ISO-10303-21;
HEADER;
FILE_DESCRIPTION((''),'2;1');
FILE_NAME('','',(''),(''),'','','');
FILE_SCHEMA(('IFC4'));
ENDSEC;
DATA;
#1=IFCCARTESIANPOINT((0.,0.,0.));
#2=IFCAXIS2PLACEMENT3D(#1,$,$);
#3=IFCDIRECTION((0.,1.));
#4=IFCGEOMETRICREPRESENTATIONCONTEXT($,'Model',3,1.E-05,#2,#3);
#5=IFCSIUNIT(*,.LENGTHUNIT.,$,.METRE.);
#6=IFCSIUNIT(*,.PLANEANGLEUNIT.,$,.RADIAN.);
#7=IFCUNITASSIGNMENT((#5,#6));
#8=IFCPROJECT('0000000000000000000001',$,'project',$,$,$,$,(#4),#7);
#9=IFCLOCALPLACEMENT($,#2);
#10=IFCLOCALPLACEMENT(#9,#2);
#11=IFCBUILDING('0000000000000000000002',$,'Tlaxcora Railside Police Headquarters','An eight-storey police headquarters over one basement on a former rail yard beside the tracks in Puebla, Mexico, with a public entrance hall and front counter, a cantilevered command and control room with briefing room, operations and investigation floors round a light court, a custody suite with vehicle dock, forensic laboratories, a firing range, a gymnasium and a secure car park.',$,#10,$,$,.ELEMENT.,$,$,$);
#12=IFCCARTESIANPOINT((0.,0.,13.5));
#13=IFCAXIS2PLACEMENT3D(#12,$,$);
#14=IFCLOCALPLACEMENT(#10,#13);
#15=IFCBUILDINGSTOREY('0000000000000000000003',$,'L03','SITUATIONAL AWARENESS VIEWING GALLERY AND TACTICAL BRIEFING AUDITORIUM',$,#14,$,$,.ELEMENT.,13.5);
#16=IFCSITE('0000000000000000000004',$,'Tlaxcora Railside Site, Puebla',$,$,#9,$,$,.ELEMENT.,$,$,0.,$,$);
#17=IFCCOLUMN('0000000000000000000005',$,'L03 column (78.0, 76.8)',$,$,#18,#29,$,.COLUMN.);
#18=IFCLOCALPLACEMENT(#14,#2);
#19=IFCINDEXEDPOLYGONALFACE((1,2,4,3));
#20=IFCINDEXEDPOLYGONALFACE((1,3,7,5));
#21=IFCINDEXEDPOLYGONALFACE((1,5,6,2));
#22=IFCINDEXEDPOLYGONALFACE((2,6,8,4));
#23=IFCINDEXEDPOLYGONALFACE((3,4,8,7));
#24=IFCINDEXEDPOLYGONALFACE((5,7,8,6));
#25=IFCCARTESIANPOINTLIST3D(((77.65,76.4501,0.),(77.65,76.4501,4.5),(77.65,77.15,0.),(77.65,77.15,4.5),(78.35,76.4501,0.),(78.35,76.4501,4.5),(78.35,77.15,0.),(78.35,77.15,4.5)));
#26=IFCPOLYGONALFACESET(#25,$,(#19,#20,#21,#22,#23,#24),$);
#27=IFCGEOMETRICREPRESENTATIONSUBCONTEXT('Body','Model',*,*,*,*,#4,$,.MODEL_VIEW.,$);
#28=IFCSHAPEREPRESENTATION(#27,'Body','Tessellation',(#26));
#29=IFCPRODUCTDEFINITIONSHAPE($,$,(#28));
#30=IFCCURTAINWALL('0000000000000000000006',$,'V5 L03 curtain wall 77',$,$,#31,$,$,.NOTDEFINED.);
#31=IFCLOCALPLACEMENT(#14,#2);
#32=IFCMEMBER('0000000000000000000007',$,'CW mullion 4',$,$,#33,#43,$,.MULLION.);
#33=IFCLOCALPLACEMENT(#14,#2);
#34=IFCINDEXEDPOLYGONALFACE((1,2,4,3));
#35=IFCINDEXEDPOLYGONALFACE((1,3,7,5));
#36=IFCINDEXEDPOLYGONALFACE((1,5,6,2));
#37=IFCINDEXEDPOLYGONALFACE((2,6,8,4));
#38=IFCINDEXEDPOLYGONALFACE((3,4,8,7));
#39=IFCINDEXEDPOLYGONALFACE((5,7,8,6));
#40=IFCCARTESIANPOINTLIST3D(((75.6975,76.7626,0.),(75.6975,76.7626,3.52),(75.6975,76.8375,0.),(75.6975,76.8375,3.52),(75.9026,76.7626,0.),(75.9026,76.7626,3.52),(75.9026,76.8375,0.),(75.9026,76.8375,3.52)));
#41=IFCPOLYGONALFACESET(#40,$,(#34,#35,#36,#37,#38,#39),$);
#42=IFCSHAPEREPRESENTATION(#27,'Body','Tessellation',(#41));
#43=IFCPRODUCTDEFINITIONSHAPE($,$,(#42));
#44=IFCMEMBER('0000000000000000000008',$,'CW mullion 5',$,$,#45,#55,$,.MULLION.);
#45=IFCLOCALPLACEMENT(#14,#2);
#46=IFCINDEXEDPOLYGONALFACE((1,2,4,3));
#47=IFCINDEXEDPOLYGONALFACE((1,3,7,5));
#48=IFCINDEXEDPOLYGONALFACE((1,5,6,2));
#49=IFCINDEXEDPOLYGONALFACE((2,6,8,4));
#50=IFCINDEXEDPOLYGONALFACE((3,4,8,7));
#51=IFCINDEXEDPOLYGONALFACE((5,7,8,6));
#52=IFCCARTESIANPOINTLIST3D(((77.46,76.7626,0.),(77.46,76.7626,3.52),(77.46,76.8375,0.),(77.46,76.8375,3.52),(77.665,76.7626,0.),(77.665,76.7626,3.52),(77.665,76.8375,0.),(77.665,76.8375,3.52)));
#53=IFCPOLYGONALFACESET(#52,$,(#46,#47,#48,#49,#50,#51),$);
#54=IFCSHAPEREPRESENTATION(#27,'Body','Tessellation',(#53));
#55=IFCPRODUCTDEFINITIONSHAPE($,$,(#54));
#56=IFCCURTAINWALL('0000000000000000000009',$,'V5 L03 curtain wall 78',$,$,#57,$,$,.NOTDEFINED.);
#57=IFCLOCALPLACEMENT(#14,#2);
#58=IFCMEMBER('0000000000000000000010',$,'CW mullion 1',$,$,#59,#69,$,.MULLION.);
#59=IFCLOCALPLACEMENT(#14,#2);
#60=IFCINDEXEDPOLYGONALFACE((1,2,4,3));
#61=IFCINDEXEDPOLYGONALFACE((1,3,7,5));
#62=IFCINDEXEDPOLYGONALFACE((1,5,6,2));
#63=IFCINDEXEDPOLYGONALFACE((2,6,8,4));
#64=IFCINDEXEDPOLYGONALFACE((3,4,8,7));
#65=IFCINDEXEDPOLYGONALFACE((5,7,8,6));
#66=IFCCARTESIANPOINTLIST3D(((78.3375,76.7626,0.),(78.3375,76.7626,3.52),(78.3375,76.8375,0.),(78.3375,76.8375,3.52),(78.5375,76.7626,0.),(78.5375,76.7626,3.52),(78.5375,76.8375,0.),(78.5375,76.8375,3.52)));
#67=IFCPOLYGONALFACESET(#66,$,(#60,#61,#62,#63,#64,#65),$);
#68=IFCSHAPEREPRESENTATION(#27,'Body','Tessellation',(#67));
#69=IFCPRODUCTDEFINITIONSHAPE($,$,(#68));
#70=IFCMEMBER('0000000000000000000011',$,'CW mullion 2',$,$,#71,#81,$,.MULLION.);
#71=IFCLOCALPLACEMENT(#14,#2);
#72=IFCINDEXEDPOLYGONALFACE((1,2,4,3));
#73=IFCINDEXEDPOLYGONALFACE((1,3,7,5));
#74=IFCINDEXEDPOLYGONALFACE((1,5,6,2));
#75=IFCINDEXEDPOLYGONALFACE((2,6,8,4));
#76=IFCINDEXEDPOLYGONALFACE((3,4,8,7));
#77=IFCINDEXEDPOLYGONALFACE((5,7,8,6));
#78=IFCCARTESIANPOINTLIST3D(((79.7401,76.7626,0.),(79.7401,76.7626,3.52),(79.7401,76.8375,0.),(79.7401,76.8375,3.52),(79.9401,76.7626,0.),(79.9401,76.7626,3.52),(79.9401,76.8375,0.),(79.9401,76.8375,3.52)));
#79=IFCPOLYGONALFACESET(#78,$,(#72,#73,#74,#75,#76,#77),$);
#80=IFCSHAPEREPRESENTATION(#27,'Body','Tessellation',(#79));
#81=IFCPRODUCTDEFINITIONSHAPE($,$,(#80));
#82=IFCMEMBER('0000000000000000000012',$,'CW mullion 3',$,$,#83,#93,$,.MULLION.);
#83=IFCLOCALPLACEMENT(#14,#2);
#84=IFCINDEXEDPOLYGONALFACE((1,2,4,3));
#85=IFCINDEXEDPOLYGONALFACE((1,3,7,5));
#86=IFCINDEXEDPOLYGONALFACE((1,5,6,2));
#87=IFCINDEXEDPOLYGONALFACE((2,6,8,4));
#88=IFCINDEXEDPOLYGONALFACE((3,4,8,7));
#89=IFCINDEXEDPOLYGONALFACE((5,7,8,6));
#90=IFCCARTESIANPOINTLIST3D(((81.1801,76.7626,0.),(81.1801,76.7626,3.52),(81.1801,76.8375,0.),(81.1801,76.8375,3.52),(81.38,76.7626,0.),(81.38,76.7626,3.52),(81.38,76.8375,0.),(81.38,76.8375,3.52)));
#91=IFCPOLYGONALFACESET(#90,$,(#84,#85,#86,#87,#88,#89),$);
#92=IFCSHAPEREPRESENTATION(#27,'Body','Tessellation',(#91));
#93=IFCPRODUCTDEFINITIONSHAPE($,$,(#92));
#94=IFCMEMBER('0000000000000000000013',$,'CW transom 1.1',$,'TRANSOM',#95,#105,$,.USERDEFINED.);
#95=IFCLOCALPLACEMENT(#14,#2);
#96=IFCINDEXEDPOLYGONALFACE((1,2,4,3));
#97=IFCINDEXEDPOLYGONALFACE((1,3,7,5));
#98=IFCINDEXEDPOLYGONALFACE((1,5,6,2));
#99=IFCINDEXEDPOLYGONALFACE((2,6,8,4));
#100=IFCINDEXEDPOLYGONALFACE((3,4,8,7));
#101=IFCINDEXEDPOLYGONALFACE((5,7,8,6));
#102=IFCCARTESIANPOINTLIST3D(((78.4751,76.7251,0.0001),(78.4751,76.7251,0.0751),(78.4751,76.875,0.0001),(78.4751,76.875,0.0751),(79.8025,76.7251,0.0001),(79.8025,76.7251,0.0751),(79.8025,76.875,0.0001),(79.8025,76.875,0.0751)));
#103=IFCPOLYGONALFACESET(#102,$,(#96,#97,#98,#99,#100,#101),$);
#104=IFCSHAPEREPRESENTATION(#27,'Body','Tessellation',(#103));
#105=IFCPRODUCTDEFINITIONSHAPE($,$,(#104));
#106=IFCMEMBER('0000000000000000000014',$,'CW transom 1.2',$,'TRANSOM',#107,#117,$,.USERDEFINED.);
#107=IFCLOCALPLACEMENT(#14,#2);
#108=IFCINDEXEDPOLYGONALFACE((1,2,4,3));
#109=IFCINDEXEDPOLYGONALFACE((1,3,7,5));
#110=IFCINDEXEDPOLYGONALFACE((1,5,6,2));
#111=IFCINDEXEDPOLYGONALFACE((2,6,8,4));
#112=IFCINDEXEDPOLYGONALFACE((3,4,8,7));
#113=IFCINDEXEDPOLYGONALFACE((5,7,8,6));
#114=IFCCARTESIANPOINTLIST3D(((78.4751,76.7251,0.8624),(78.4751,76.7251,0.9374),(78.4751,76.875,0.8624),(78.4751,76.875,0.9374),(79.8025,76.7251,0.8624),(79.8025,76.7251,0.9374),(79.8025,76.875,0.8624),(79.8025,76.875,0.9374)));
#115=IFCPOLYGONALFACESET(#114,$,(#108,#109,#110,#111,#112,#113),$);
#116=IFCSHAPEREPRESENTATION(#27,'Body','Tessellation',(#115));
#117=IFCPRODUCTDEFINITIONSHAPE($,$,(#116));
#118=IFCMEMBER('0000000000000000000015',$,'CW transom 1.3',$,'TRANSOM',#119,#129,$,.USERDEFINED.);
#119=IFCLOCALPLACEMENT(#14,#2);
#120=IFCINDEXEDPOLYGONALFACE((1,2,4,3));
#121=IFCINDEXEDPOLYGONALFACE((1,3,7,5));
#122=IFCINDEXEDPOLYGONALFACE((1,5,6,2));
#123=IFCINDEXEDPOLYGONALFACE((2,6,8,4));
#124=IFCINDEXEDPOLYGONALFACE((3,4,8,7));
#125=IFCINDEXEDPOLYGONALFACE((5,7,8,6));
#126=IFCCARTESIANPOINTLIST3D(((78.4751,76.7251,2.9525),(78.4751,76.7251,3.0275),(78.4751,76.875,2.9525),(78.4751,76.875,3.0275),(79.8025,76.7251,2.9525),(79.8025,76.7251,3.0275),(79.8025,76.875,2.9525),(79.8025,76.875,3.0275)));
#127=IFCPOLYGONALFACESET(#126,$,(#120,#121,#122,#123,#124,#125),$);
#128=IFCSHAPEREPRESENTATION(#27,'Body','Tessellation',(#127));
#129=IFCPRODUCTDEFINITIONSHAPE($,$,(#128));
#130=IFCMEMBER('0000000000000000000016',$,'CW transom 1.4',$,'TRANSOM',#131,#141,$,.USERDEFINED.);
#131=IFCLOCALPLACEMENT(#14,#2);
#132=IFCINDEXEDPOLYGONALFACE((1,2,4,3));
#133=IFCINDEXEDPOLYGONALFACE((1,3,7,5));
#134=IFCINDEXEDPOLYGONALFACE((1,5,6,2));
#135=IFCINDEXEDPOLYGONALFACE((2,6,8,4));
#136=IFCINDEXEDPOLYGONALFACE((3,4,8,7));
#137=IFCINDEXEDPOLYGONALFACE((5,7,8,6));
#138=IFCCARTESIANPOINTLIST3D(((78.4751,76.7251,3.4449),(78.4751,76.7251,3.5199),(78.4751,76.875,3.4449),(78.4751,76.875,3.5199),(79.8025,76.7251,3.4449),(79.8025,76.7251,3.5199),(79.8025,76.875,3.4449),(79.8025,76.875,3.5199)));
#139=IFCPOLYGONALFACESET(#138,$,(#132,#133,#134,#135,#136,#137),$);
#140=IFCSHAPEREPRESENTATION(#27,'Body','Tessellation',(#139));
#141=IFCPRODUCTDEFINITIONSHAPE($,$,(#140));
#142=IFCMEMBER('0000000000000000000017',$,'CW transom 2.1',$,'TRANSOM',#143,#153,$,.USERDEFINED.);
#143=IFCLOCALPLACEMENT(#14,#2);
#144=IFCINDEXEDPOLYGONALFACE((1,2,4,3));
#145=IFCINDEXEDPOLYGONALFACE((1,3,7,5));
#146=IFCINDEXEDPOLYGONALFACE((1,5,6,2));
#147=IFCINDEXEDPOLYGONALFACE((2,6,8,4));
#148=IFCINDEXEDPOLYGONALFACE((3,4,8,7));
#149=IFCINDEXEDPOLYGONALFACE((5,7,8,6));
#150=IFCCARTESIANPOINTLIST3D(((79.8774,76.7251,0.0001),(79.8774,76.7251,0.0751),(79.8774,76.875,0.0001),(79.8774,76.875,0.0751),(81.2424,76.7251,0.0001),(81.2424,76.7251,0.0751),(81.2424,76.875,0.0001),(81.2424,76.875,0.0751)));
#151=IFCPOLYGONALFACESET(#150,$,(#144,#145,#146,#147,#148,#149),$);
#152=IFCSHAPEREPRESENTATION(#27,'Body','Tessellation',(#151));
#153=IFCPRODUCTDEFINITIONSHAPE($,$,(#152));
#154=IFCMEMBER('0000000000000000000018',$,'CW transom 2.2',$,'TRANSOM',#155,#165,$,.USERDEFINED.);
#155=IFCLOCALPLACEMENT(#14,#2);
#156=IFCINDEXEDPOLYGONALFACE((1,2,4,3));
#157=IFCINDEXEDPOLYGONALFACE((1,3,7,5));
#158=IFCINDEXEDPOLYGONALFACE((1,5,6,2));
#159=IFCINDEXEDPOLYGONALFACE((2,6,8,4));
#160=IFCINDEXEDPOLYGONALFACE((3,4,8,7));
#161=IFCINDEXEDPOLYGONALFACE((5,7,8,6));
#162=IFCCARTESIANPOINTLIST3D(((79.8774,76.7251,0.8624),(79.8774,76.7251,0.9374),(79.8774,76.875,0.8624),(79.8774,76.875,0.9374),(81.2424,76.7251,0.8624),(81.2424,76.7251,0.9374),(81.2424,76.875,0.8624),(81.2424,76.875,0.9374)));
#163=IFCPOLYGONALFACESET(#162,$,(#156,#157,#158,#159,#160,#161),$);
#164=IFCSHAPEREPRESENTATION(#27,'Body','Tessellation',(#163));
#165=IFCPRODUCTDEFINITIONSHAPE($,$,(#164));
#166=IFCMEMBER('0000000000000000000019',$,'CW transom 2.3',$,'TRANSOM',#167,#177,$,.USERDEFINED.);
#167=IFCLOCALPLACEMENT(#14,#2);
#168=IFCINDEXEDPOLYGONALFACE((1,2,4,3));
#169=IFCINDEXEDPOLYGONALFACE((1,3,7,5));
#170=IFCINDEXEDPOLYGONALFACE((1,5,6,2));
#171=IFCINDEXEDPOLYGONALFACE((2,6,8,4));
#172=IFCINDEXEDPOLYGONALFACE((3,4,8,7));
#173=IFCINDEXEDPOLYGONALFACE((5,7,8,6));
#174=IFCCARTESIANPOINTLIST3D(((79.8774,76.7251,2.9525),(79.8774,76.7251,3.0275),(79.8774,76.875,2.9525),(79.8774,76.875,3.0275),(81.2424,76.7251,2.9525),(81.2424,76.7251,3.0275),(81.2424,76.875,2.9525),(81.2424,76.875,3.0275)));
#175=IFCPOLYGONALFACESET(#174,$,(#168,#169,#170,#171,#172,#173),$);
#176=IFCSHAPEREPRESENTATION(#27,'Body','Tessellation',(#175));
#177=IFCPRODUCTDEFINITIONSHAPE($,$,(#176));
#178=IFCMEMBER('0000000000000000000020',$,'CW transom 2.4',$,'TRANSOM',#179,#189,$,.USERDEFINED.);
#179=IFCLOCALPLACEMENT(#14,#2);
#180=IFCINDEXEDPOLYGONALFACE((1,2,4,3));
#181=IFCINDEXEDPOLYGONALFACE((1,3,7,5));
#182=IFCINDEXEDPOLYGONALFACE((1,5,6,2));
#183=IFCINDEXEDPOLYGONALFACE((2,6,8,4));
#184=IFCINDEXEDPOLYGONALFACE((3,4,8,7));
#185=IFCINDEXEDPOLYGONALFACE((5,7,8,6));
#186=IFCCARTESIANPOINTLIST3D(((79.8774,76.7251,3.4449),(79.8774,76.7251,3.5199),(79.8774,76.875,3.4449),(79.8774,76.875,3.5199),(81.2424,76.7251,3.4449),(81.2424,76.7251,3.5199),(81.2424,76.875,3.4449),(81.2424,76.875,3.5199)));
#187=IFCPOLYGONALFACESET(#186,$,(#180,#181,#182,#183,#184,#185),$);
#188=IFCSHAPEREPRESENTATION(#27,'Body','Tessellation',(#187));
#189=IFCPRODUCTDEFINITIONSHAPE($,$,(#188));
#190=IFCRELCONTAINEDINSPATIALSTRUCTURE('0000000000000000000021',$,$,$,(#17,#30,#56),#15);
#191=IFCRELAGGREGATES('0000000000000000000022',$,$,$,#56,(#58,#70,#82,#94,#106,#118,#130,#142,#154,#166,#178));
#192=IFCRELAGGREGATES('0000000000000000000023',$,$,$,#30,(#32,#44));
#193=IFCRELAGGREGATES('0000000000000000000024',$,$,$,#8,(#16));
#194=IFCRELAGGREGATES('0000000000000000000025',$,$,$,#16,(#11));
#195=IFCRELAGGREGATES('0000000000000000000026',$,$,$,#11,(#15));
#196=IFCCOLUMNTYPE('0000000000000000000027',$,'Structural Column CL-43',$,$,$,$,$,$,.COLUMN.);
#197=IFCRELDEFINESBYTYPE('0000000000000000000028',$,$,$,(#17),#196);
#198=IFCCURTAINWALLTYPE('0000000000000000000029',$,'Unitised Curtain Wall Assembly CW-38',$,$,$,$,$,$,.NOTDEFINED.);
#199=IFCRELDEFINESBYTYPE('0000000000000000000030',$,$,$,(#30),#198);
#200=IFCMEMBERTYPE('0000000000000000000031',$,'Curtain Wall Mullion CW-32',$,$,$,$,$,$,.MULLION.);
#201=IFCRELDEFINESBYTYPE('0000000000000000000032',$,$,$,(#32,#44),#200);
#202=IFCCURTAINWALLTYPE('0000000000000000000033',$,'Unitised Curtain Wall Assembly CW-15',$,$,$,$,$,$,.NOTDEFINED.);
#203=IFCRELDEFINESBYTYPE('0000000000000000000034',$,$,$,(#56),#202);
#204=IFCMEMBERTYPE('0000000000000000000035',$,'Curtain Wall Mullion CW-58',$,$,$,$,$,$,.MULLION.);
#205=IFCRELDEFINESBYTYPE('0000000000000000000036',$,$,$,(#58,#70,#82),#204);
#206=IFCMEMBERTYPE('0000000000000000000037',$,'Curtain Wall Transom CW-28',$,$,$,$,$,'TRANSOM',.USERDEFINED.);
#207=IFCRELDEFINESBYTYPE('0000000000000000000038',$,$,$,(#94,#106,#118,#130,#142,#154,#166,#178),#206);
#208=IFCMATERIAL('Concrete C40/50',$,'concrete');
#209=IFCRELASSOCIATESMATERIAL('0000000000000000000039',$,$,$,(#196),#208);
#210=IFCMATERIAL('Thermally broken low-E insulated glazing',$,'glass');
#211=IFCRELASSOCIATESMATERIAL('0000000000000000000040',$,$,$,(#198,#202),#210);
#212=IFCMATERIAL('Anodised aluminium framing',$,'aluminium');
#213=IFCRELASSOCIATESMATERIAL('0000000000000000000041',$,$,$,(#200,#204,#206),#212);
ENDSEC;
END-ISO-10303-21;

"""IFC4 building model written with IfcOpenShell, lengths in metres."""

from ifc_helpers import new_model, si_unit, direction, frame, origin, origin_2d, place, context, subcontext, project, spatial, rectangle, extrude, material, material_profile, profile_set, type_object, element, aggregate, save


model = new_model("IFC4")

# Units and contexts
model_context = context("Model", 3, precision=1e-05, world=origin(), true_north=direction((0.0, 1.0)))
body_context = subcontext(model_context, "Body", "Model", "MODEL_VIEW")
ifc_project = project(units=[si_unit("LENGTHUNIT", "METRE"), si_unit("PLANEANGLEUNIT", "RADIAN")], contexts=[model_context])

# Site, building, storey
site_placement = place(None, origin())
site = spatial("IfcSite", under=ifc_project, at=site_placement, Name="Tlaxcora Railside Site, Puebla", CompositionType="ELEMENT", RefElevation=0.0)
building_placement = place(site_placement, origin())
building = spatial("IfcBuilding", under=site, at=building_placement, Name="Tlaxcora Railside Police Headquarters", Description="An eight-storey police headquarters over one basement on a former rail yard beside the tracks in Puebla, Mexico, with a public entrance hall and front counter, a cantilevered command and control room with briefing room, operations and investigation floors round a light court, a custody suite with vehicle dock, forensic laboratories, a firing range, a gymnasium and a secure car park.", CompositionType="ELEMENT")
storey_placement = place(building_placement, frame((0.0, 0.0, 13.5)))
storey = spatial("IfcBuildingStorey", under=building, at=storey_placement, Name="L03", Description="SITUATIONAL AWARENESS VIEWING GALLERY AND TACTICAL BRIEFING AUDITORIUM", CompositionType="ELEMENT", Elevation=13.5)

# Column
ifc_material_1 = material(Name="Concrete C40/50", Category="concrete")
ifc_material_profile_1 = material_profile(ifc_material_1, rectangle(XDim=0.7, YDim=0.7, at=origin_2d()), Name="RC700X700")
ifc_profile_set_1 = profile_set([ifc_material_profile_1], Name="Concrete C40/50")
column_type = type_object("IfcColumnType", Name="Structural Column CL-43", PredefinedType="COLUMN", material=ifc_profile_set_1)
column_placement = place(storey_placement, frame((78.0, 76.8, 0.0), z_axis=(0.0, 0.0, 1.0), x_axis=(1.0, 0.0, 0.0)))
element("IfcColumn", 1, at=column_placement, inside=storey, type_object=column_type, Name="L03 column (78.0, 76.8)", PredefinedType="COLUMN", context=body_context, shape_type="SweptSolid", body=[
    extrude(rectangle(XDim=0.7, YDim=0.7, at=origin_2d()), origin(), (0.0, 0.0, 1.0), 4.5),
])

# Curtain walls, members
ifc_material_2 = material(Name="Thermally broken low-E insulated glazing", Category="glass")
curtain_wall_type_1 = type_object("IfcCurtainWallType", Name="Unitised Curtain Wall Assembly CW-38", PredefinedType="NOTDEFINED", material=ifc_material_2)
curtain_wall_1_placement = place(storey_placement, origin())
curtain_wall_1 = element("IfcCurtainWall", 2, at=curtain_wall_1_placement, inside=storey, type_object=curtain_wall_type_1, Name="V5 L03 curtain wall 77", PredefinedType="NOTDEFINED")
ifc_material_3 = material(Name="Anodised aluminium framing", Category="aluminium")
ifc_material_profile_2 = material_profile(ifc_material_3, rectangle(XDim=0.075, YDim=0.2051, at=origin_2d()), Name="AL75X205")
ifc_profile_set_2 = profile_set([ifc_material_profile_2], Name="Anodised aluminium framing")
member_type_1 = type_object("IfcMemberType", Name="Curtain Wall Mullion CW-32", PredefinedType="MULLION", material=ifc_profile_set_2)
member_1_placement = place(storey_placement, frame((75.8, 76.8, 0.0), z_axis=(0.0, 0.0, 1.0), x_axis=(0.0, 1.0, 0.0)))
member_1 = element("IfcMember", 3, at=member_1_placement, type_object=member_type_1, Name="CW mullion 4", PredefinedType="MULLION", context=body_context, shape_type="SweptSolid", body=[
    extrude(rectangle(XDim=0.075, YDim=0.2051, at=origin_2d()), origin(), (0.0, 0.0, 1.0), 3.52),
])
member_2_placement = place(storey_placement, frame((77.5625, 76.8, 0.0), z_axis=(0.0, 0.0, 1.0), x_axis=(0.0, 1.0, 0.0)))
member_2 = element("IfcMember", 4, at=member_2_placement, type_object=member_type_1, Name="CW mullion 5", PredefinedType="MULLION", context=body_context, shape_type="SweptSolid", body=[
    extrude(rectangle(XDim=0.075, YDim=0.2051, at=origin_2d()), origin(), (0.0, 0.0, 1.0), 3.52),
])
curtain_wall_type_2 = type_object("IfcCurtainWallType", Name="Unitised Curtain Wall Assembly CW-15", PredefinedType="NOTDEFINED", material=ifc_material_2)
curtain_wall_2_placement = place(storey_placement, origin())
curtain_wall_2 = element("IfcCurtainWall", 5, at=curtain_wall_2_placement, inside=storey, type_object=curtain_wall_type_2, Name="V5 L03 curtain wall 78", PredefinedType="NOTDEFINED")
ifc_material_profile_3 = material_profile(ifc_material_3, rectangle(XDim=0.075, YDim=0.2, at=origin_2d()), Name="AL75X200")
ifc_profile_set_3 = profile_set([ifc_material_profile_3], Name="Anodised aluminium framing")
member_type_2 = type_object("IfcMemberType", Name="Curtain Wall Mullion CW-58", PredefinedType="MULLION", material=ifc_profile_set_3)
member_3_placement = place(storey_placement, frame((78.4375, 76.8, 0.0), z_axis=(0.0, 0.0, 1.0), x_axis=(0.0, 1.0, 0.0)))
member_3 = element("IfcMember", 6, at=member_3_placement, type_object=member_type_2, Name="CW mullion 1", PredefinedType="MULLION", context=body_context, shape_type="SweptSolid", body=[
    extrude(rectangle(XDim=0.075, YDim=0.2, at=origin_2d()), origin(), (0.0, 0.0, 1.0), 3.52),
])
member_4_placement = place(storey_placement, frame((79.8401, 76.8, 0.0), z_axis=(0.0, 0.0, 1.0), x_axis=(0.0, 1.0, 0.0)))
member_4 = element("IfcMember", 7, at=member_4_placement, type_object=member_type_2, Name="CW mullion 2", PredefinedType="MULLION", context=body_context, shape_type="SweptSolid", body=[
    extrude(rectangle(XDim=0.075, YDim=0.2, at=origin_2d()), origin(), (0.0, 0.0, 1.0), 3.52),
])
member_5_placement = place(storey_placement, frame((81.28, 76.8, 0.0), z_axis=(0.0, 0.0, 1.0), x_axis=(0.0, 1.0, 0.0)))
member_5 = element("IfcMember", 8, at=member_5_placement, type_object=member_type_2, Name="CW mullion 3", PredefinedType="MULLION", context=body_context, shape_type="SweptSolid", body=[
    extrude(rectangle(XDim=0.075, YDim=0.2, at=origin_2d()), origin(), (0.0, 0.0, 1.0), 3.52),
])
ifc_material_profile_4 = material_profile(ifc_material_3, rectangle(XDim=0.1499, YDim=0.075, at=origin_2d()), Name="AL75X150")
ifc_profile_set_4 = profile_set([ifc_material_profile_4], Name="Anodised aluminium framing")
member_type_3 = type_object("IfcMemberType", Name="Curtain Wall Transom CW-28", ElementType="TRANSOM", PredefinedType="USERDEFINED", material=ifc_profile_set_4)
member_6_placement = place(storey_placement, frame((78.4751, 76.8, 0.0376), z_axis=(1.0, 0.0, 0.0), x_axis=(0.0, 1.0, 0.0)))
member_6 = element("IfcMember", 9, at=member_6_placement, type_object=member_type_3, Name="CW transom 1.1", ObjectType="TRANSOM", PredefinedType="USERDEFINED", context=body_context, shape_type="SweptSolid", body=[
    extrude(rectangle(XDim=0.1499, YDim=0.075, at=origin_2d()), origin(), (0.0, 0.0, 1.0), 1.3274),
])
member_7_placement = place(storey_placement, frame((78.4751, 76.8, 0.8999), z_axis=(1.0, 0.0, 0.0), x_axis=(0.0, 1.0, 0.0)))
member_7 = element("IfcMember", 10, at=member_7_placement, type_object=member_type_3, Name="CW transom 1.2", ObjectType="TRANSOM", PredefinedType="USERDEFINED", context=body_context, shape_type="SweptSolid", body=[
    extrude(rectangle(XDim=0.1499, YDim=0.075, at=origin_2d()), origin(), (0.0, 0.0, 1.0), 1.3274),
])
member_8_placement = place(storey_placement, frame((78.4751, 76.8, 2.99), z_axis=(1.0, 0.0, 0.0), x_axis=(0.0, 1.0, 0.0)))
member_8 = element("IfcMember", 11, at=member_8_placement, type_object=member_type_3, Name="CW transom 1.3", ObjectType="TRANSOM", PredefinedType="USERDEFINED", context=body_context, shape_type="SweptSolid", body=[
    extrude(rectangle(XDim=0.1499, YDim=0.075, at=origin_2d()), origin(), (0.0, 0.0, 1.0), 1.3274),
])
member_9_placement = place(storey_placement, frame((78.4751, 76.8, 3.4824), z_axis=(1.0, 0.0, 0.0), x_axis=(0.0, 1.0, 0.0)))
member_9 = element("IfcMember", 12, at=member_9_placement, type_object=member_type_3, Name="CW transom 1.4", ObjectType="TRANSOM", PredefinedType="USERDEFINED", context=body_context, shape_type="SweptSolid", body=[
    extrude(rectangle(XDim=0.1499, YDim=0.075, at=origin_2d()), origin(), (0.0, 0.0, 1.0), 1.3274),
])
member_10_placement = place(storey_placement, frame((79.8774, 76.8, 0.0376), z_axis=(1.0, 0.0, 0.0), x_axis=(0.0, 1.0, 0.0)))
member_10 = element("IfcMember", 13, at=member_10_placement, type_object=member_type_3, Name="CW transom 2.1", ObjectType="TRANSOM", PredefinedType="USERDEFINED", context=body_context, shape_type="SweptSolid", body=[
    extrude(rectangle(XDim=0.1499, YDim=0.075, at=origin_2d()), origin(), (0.0, 0.0, 1.0), 1.365),
])
member_11_placement = place(storey_placement, frame((79.8774, 76.8, 0.8999), z_axis=(1.0, 0.0, 0.0), x_axis=(0.0, 1.0, 0.0)))
member_11 = element("IfcMember", 14, at=member_11_placement, type_object=member_type_3, Name="CW transom 2.2", ObjectType="TRANSOM", PredefinedType="USERDEFINED", context=body_context, shape_type="SweptSolid", body=[
    extrude(rectangle(XDim=0.1499, YDim=0.075, at=origin_2d()), origin(), (0.0, 0.0, 1.0), 1.365),
])
member_12_placement = place(storey_placement, frame((79.8774, 76.8, 2.99), z_axis=(1.0, 0.0, 0.0), x_axis=(0.0, 1.0, 0.0)))
member_12 = element("IfcMember", 15, at=member_12_placement, type_object=member_type_3, Name="CW transom 2.3", ObjectType="TRANSOM", PredefinedType="USERDEFINED", context=body_context, shape_type="SweptSolid", body=[
    extrude(rectangle(XDim=0.1499, YDim=0.075, at=origin_2d()), origin(), (0.0, 0.0, 1.0), 1.365),
])
member_13_placement = place(storey_placement, frame((79.8774, 76.8, 3.4824), z_axis=(1.0, 0.0, 0.0), x_axis=(0.0, 1.0, 0.0)))
member_13 = element("IfcMember", 16, at=member_13_placement, type_object=member_type_3, Name="CW transom 2.4", ObjectType="TRANSOM", PredefinedType="USERDEFINED", context=body_context, shape_type="SweptSolid", body=[
    extrude(rectangle(XDim=0.1499, YDim=0.075, at=origin_2d()), origin(), (0.0, 0.0, 1.0), 1.365),
])

aggregate(curtain_wall_2, [member_3, member_4, member_5, member_6, member_7, member_8, member_9, member_10, member_11, member_12, member_13])
aggregate(curtain_wall_1, [member_1, member_2])

save(model, "model.ifc")
